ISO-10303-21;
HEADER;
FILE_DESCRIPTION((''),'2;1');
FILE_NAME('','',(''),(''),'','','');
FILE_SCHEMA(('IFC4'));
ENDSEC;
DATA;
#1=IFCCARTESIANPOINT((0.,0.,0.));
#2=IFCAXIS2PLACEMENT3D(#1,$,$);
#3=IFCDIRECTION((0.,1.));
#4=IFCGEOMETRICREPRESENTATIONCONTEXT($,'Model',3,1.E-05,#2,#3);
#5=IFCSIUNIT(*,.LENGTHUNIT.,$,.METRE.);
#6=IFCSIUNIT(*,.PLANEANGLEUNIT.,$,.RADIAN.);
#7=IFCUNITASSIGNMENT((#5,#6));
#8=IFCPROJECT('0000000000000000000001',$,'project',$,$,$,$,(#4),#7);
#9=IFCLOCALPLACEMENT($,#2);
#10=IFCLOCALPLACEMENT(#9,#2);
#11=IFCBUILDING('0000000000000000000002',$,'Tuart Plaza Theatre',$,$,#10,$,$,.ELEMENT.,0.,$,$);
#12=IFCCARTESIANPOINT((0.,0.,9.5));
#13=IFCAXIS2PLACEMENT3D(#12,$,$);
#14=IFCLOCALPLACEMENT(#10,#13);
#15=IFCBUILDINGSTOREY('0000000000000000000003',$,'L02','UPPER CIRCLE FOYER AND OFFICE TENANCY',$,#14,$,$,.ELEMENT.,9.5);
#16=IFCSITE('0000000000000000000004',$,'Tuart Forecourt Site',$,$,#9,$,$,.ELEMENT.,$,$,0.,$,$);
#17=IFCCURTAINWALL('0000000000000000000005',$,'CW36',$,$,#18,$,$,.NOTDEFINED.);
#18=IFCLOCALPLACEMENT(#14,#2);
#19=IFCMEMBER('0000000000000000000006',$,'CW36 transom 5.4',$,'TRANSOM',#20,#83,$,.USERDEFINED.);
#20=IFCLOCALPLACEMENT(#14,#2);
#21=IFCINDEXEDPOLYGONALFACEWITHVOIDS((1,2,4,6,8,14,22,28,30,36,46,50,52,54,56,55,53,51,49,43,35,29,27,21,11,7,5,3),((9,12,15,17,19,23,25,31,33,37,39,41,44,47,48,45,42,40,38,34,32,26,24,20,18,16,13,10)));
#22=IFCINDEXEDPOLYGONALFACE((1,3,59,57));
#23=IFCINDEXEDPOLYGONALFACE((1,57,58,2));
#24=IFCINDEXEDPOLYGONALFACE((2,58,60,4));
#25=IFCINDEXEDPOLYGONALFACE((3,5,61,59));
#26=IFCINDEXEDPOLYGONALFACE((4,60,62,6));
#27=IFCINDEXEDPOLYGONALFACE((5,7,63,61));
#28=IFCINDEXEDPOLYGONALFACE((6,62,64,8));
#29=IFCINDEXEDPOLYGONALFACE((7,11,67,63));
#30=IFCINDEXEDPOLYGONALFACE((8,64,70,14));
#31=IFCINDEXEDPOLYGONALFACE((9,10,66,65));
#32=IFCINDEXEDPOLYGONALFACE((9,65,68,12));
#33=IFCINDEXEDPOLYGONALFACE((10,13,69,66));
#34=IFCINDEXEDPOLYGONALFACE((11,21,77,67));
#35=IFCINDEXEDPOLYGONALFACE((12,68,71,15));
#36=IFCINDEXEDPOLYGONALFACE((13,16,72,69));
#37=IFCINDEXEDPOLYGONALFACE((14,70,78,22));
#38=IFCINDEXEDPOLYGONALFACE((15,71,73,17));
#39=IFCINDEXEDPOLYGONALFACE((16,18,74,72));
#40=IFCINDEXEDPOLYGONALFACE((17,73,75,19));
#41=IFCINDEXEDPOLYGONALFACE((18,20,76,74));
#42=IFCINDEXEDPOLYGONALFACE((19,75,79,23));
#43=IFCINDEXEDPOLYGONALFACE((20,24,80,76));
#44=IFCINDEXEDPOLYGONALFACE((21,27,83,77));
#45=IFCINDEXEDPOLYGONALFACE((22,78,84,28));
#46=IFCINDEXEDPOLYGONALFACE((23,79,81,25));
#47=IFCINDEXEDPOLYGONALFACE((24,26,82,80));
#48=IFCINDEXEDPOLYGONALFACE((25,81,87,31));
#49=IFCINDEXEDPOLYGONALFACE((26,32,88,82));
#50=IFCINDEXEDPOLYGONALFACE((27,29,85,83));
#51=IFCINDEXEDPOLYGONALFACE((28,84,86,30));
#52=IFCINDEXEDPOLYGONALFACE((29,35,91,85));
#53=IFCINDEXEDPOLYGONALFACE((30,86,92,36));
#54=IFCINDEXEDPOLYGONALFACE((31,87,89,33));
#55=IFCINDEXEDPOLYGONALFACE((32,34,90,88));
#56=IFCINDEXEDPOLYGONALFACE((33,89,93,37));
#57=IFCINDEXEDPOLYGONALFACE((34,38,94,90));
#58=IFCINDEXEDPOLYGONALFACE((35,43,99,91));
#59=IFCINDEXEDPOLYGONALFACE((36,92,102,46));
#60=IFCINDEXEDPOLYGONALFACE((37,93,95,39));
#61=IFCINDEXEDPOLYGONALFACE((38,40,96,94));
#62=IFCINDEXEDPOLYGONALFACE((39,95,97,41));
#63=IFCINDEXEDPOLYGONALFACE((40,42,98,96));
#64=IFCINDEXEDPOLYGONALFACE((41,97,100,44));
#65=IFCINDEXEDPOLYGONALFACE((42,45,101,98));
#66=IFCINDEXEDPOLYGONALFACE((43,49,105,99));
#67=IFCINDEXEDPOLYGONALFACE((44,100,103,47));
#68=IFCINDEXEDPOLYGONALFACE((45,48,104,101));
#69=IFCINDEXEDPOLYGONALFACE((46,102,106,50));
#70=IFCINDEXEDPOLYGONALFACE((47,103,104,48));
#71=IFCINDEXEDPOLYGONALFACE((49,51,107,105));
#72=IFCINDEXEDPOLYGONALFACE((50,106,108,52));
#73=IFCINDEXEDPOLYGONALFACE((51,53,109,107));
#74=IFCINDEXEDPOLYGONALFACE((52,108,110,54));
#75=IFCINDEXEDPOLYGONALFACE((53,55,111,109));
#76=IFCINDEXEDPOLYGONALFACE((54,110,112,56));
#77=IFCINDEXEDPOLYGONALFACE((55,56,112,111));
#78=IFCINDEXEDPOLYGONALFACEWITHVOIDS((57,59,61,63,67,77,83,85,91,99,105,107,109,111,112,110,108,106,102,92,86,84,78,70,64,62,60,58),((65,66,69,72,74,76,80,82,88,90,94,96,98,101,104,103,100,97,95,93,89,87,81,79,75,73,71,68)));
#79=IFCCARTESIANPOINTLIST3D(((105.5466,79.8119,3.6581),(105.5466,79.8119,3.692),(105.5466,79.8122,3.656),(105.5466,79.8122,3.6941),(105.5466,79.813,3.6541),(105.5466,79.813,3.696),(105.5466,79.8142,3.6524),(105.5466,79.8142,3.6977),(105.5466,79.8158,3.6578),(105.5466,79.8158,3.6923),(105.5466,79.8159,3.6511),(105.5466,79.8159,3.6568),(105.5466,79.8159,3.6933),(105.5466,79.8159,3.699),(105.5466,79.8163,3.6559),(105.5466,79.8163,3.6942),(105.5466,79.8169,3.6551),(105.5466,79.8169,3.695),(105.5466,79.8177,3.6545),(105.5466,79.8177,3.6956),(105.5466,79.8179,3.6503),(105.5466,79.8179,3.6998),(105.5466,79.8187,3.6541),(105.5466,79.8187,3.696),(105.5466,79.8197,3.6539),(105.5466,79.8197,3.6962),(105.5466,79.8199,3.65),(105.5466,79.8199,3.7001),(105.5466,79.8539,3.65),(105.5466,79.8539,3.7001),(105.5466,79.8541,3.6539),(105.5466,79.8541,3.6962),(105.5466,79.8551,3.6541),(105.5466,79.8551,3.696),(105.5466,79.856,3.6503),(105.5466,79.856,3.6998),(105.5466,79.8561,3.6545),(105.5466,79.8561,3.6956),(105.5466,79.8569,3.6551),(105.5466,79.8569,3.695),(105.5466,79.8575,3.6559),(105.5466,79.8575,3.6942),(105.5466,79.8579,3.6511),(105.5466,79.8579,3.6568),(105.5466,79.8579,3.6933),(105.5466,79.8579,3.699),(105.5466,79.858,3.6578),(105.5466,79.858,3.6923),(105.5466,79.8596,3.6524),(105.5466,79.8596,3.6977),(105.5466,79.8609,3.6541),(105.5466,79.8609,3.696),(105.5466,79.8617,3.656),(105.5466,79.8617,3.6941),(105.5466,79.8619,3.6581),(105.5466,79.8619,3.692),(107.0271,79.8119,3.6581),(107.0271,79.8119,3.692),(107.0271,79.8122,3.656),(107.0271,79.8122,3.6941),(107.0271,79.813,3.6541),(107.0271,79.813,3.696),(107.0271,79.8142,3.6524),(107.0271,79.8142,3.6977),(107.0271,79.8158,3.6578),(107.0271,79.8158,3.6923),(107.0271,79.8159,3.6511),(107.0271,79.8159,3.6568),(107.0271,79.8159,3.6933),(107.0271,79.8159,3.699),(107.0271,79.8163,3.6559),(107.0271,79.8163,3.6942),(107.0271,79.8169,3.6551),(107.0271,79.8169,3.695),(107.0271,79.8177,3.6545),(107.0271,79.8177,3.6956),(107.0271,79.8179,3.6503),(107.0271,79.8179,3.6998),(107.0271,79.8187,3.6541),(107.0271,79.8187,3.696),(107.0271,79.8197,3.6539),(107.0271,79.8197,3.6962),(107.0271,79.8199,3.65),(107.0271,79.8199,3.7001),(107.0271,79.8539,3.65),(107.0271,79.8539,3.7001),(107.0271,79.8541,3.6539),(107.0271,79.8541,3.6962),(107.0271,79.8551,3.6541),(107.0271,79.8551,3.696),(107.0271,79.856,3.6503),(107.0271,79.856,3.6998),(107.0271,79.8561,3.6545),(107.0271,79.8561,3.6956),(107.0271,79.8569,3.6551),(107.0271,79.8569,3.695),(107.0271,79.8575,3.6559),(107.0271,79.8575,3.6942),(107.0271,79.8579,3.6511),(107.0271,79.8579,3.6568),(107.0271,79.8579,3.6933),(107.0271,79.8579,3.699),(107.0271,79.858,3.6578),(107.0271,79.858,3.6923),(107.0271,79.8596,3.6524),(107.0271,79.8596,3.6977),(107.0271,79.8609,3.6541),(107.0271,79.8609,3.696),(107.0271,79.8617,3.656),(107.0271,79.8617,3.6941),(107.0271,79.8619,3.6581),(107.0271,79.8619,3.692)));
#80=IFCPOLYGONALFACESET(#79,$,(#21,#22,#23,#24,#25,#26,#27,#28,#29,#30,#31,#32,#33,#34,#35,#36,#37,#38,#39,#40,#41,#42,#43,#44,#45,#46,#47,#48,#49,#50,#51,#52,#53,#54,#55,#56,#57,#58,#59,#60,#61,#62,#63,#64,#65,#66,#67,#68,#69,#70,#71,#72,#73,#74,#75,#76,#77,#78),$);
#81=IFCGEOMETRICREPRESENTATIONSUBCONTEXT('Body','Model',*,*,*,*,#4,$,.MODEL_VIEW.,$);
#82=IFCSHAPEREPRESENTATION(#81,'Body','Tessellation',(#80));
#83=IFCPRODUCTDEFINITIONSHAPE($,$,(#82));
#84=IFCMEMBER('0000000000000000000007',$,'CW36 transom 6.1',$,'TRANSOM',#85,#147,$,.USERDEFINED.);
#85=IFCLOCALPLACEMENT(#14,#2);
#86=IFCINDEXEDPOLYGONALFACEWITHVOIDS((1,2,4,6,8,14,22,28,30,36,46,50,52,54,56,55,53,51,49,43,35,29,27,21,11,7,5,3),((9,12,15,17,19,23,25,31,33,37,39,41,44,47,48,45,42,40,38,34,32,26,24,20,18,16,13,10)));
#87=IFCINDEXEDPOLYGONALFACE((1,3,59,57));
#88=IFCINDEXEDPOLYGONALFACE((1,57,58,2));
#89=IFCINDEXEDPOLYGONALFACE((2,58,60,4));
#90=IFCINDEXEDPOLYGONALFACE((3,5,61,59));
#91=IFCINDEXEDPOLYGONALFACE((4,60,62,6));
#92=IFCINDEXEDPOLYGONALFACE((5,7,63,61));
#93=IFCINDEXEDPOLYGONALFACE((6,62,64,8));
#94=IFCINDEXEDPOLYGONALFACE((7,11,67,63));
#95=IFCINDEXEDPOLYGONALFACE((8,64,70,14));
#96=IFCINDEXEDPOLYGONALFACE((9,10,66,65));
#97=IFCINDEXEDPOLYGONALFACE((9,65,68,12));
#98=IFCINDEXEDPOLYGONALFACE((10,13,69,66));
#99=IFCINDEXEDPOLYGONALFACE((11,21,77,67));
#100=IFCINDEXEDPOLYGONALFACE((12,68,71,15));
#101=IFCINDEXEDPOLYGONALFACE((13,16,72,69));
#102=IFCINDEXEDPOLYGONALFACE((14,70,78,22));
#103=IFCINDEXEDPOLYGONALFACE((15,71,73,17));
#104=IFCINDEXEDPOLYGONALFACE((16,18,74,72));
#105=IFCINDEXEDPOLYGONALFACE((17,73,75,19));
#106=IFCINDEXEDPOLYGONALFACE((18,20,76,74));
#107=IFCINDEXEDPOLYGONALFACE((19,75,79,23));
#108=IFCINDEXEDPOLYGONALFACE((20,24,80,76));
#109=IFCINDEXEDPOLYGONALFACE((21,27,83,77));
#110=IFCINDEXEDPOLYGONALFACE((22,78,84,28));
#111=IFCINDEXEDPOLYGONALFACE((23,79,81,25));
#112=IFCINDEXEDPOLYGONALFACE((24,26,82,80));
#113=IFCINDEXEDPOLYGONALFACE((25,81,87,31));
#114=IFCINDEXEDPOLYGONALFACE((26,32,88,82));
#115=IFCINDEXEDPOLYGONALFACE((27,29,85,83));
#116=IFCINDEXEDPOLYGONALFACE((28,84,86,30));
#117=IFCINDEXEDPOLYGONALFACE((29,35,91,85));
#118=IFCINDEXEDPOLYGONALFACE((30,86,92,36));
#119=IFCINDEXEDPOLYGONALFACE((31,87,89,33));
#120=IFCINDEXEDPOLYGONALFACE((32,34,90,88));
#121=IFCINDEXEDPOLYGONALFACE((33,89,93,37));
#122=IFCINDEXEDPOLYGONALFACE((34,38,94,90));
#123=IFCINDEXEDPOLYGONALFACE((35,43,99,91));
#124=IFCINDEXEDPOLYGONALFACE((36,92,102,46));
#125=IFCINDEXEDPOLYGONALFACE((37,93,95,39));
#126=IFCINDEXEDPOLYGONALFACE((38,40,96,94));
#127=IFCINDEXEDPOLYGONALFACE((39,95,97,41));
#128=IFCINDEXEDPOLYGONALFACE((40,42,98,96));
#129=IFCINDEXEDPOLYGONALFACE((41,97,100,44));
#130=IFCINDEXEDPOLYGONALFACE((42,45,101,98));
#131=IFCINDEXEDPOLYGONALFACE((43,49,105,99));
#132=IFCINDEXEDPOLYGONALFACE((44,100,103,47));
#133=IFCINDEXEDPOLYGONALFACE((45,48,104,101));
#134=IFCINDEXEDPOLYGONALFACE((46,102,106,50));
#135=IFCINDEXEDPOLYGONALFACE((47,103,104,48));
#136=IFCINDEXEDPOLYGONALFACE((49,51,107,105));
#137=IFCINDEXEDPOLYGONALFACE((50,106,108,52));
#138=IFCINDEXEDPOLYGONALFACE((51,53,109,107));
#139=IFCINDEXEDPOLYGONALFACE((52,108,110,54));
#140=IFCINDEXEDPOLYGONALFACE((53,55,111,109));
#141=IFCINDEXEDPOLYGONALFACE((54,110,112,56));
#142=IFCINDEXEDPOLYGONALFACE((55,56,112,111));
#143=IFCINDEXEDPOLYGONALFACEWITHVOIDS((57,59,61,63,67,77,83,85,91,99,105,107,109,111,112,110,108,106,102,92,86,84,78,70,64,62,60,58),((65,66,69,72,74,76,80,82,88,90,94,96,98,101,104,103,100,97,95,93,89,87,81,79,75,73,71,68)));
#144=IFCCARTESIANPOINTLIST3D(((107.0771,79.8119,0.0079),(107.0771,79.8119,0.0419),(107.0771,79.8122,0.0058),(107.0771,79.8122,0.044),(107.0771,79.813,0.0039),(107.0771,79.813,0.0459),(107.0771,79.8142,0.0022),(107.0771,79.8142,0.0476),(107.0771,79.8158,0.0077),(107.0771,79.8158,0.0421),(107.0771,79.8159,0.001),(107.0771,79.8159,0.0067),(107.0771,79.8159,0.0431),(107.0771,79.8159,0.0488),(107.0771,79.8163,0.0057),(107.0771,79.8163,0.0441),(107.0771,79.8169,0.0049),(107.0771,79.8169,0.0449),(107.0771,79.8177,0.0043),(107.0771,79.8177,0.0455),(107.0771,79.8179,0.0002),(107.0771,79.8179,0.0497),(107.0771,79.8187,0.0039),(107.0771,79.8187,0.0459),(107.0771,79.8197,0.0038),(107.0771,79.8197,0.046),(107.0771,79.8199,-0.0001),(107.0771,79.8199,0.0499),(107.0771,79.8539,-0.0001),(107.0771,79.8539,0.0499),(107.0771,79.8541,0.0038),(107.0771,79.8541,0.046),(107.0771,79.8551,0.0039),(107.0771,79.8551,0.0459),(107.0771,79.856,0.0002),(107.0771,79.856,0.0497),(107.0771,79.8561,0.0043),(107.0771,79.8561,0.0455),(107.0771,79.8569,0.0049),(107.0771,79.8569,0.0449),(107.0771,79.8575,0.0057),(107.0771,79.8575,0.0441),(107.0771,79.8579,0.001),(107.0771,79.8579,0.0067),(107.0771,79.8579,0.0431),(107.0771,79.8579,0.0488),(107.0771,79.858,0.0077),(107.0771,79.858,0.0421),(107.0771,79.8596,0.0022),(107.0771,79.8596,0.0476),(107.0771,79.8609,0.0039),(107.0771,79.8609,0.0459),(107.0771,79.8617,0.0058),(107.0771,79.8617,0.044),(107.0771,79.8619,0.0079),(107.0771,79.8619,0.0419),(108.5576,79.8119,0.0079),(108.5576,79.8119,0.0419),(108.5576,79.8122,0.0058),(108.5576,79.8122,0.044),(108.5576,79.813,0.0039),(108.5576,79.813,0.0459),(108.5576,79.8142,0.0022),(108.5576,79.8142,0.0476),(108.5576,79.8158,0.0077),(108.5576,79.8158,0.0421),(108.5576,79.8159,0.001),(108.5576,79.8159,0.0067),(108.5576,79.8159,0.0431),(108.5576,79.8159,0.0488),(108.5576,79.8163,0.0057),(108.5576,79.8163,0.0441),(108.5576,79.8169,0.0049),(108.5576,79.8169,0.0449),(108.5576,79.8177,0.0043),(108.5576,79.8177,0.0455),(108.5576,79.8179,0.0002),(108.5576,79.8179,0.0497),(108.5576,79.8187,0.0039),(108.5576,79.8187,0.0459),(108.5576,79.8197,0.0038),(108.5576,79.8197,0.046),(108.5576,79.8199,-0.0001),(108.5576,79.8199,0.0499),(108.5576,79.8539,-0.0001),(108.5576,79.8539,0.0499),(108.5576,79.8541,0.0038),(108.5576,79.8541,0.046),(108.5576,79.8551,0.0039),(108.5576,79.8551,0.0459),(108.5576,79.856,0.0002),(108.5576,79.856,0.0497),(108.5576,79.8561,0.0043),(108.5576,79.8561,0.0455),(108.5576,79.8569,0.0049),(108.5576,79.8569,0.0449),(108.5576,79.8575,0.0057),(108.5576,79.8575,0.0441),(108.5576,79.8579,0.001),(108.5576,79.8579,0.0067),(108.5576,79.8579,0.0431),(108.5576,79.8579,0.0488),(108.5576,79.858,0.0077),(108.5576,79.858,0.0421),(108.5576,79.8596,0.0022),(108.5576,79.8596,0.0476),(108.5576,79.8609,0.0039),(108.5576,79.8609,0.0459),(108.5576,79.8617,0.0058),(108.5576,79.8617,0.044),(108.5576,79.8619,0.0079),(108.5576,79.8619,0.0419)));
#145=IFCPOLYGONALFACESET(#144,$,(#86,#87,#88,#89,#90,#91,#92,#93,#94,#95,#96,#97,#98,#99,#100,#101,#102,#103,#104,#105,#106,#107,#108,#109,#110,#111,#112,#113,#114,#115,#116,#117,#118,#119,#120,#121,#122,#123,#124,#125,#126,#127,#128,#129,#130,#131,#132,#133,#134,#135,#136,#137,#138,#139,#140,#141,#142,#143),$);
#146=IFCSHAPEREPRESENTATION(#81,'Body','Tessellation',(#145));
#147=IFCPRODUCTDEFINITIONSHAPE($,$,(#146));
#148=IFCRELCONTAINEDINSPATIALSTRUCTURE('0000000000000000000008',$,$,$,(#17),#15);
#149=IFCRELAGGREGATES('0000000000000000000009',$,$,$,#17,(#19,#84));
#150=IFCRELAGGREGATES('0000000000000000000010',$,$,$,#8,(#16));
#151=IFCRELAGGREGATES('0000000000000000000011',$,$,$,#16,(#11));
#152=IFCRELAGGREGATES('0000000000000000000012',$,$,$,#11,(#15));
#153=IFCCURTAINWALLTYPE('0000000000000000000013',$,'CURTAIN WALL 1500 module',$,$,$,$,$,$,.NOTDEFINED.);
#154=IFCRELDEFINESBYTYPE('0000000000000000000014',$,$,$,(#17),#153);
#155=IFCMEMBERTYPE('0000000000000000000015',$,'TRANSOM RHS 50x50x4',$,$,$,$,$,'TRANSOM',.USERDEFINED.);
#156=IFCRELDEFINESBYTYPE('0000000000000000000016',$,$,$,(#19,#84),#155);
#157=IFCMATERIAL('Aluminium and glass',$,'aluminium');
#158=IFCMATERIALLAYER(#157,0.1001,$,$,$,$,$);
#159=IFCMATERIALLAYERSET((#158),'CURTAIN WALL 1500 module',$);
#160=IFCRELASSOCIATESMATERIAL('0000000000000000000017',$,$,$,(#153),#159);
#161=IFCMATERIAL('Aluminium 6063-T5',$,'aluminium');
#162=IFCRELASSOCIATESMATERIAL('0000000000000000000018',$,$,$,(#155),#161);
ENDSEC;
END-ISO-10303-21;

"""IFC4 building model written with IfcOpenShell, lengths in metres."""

from ifc_helpers import new_model, si_unit, direction, frame, origin, origin_2d, place, context, subcontext, project, spatial, hollow_rectangle, extrude, material, layer, layer_set, material_profile, profile_set, type_object, element, aggregate, save


model = new_model("IFC4")

# Units and contexts
model_context = context("Model", 3, precision=1e-05, world=origin(), true_north=direction((0.0, 1.0)))
body_context = subcontext(model_context, "Body", "Model", "MODEL_VIEW")
ifc_project = project(units=[si_unit("LENGTHUNIT", "METRE"), si_unit("PLANEANGLEUNIT", "RADIAN")], contexts=[model_context])

# Site, building, storey
site_placement = place(None, origin())
site = spatial("IfcSite", under=ifc_project, at=site_placement, Name="Tuart Forecourt Site", CompositionType="ELEMENT", RefElevation=0.0)
building_placement = place(site_placement, origin())
building = spatial("IfcBuilding", under=site, at=building_placement, Name="Tuart Plaza Theatre", CompositionType="ELEMENT", ElevationOfRefHeight=0.0)
storey_placement = place(building_placement, frame((0.0, 0.0, 9.5)))
storey = spatial("IfcBuildingStorey", under=building, at=storey_placement, Name="L02", Description="UPPER CIRCLE FOYER AND OFFICE TENANCY", CompositionType="ELEMENT", Elevation=9.5)

# Curtain wall, members
ifc_material_1 = material(Name="Aluminium and glass", Category="aluminium")
ifc_layer_1 = layer(ifc_material_1, 0.1001)
ifc_layer_set_1 = layer_set([ifc_layer_1], Name="CURTAIN WALL 1500 module")
curtain_wall_type = type_object("IfcCurtainWallType", Name="CURTAIN WALL 1500 module", PredefinedType="NOTDEFINED", material=ifc_layer_set_1)
curtain_wall_placement = place(storey_placement, origin())
curtain_wall = element("IfcCurtainWall", 1, at=curtain_wall_placement, inside=storey, type_object=curtain_wall_type, Name="CW36", PredefinedType="NOTDEFINED")
ifc_material_2 = material(Name="Aluminium 6063-T5", Category="aluminium")
ifc_material_profile_1 = material_profile(ifc_material_2, hollow_rectangle(XDim=0.05, YDim=0.05, WallThickness=0.0039, InnerFilletRadius=0.0039, OuterFilletRadius=0.0081, at=origin_2d()), Name="RHS 50x50x4")
ifc_profile_set_1 = profile_set([ifc_material_profile_1], Name="Aluminium 6063-T5")
member_type_1 = type_object("IfcMemberType", Name="TRANSOM RHS 50x50x4", ElementType="TRANSOM", PredefinedType="USERDEFINED", material=ifc_profile_set_1)
member_1_placement = place(storey_placement, frame((105.5466, 79.8369, 3.675), z_axis=(1.0, 0.0, 0.0), x_axis=(0.0, 1.0, 0.0)))
member_1 = element("IfcMember", 2, at=member_1_placement, type_object=member_type_1, Name="CW36 transom 5.4", ObjectType="TRANSOM", PredefinedType="USERDEFINED", context=body_context, shape_type="SweptSolid", body=[
    extrude(hollow_rectangle(XDim=0.05, YDim=0.05, WallThickness=0.0039, InnerFilletRadius=0.0039, OuterFilletRadius=0.0081, at=origin_2d()), origin(), (0.0, 0.0, 1.0), 1.4805),
])
member_2_placement = place(storey_placement, frame((107.0771, 79.8369, 0.0249), z_axis=(1.0, 0.0, 0.0), x_axis=(0.0, 1.0, 0.0)))
member_2 = element("IfcMember", 3, at=member_2_placement, type_object=member_type_1, Name="CW36 transom 6.1", ObjectType="TRANSOM", PredefinedType="USERDEFINED", context=body_context, shape_type="SweptSolid", body=[
    extrude(hollow_rectangle(XDim=0.05, YDim=0.05, WallThickness=0.0039, InnerFilletRadius=0.0039, OuterFilletRadius=0.0081, at=origin_2d()), origin(), (0.0, 0.0, 1.0), 1.4805),
])
aggregate(curtain_wall, [member_1, member_2])

save(model, "model.ifc")
